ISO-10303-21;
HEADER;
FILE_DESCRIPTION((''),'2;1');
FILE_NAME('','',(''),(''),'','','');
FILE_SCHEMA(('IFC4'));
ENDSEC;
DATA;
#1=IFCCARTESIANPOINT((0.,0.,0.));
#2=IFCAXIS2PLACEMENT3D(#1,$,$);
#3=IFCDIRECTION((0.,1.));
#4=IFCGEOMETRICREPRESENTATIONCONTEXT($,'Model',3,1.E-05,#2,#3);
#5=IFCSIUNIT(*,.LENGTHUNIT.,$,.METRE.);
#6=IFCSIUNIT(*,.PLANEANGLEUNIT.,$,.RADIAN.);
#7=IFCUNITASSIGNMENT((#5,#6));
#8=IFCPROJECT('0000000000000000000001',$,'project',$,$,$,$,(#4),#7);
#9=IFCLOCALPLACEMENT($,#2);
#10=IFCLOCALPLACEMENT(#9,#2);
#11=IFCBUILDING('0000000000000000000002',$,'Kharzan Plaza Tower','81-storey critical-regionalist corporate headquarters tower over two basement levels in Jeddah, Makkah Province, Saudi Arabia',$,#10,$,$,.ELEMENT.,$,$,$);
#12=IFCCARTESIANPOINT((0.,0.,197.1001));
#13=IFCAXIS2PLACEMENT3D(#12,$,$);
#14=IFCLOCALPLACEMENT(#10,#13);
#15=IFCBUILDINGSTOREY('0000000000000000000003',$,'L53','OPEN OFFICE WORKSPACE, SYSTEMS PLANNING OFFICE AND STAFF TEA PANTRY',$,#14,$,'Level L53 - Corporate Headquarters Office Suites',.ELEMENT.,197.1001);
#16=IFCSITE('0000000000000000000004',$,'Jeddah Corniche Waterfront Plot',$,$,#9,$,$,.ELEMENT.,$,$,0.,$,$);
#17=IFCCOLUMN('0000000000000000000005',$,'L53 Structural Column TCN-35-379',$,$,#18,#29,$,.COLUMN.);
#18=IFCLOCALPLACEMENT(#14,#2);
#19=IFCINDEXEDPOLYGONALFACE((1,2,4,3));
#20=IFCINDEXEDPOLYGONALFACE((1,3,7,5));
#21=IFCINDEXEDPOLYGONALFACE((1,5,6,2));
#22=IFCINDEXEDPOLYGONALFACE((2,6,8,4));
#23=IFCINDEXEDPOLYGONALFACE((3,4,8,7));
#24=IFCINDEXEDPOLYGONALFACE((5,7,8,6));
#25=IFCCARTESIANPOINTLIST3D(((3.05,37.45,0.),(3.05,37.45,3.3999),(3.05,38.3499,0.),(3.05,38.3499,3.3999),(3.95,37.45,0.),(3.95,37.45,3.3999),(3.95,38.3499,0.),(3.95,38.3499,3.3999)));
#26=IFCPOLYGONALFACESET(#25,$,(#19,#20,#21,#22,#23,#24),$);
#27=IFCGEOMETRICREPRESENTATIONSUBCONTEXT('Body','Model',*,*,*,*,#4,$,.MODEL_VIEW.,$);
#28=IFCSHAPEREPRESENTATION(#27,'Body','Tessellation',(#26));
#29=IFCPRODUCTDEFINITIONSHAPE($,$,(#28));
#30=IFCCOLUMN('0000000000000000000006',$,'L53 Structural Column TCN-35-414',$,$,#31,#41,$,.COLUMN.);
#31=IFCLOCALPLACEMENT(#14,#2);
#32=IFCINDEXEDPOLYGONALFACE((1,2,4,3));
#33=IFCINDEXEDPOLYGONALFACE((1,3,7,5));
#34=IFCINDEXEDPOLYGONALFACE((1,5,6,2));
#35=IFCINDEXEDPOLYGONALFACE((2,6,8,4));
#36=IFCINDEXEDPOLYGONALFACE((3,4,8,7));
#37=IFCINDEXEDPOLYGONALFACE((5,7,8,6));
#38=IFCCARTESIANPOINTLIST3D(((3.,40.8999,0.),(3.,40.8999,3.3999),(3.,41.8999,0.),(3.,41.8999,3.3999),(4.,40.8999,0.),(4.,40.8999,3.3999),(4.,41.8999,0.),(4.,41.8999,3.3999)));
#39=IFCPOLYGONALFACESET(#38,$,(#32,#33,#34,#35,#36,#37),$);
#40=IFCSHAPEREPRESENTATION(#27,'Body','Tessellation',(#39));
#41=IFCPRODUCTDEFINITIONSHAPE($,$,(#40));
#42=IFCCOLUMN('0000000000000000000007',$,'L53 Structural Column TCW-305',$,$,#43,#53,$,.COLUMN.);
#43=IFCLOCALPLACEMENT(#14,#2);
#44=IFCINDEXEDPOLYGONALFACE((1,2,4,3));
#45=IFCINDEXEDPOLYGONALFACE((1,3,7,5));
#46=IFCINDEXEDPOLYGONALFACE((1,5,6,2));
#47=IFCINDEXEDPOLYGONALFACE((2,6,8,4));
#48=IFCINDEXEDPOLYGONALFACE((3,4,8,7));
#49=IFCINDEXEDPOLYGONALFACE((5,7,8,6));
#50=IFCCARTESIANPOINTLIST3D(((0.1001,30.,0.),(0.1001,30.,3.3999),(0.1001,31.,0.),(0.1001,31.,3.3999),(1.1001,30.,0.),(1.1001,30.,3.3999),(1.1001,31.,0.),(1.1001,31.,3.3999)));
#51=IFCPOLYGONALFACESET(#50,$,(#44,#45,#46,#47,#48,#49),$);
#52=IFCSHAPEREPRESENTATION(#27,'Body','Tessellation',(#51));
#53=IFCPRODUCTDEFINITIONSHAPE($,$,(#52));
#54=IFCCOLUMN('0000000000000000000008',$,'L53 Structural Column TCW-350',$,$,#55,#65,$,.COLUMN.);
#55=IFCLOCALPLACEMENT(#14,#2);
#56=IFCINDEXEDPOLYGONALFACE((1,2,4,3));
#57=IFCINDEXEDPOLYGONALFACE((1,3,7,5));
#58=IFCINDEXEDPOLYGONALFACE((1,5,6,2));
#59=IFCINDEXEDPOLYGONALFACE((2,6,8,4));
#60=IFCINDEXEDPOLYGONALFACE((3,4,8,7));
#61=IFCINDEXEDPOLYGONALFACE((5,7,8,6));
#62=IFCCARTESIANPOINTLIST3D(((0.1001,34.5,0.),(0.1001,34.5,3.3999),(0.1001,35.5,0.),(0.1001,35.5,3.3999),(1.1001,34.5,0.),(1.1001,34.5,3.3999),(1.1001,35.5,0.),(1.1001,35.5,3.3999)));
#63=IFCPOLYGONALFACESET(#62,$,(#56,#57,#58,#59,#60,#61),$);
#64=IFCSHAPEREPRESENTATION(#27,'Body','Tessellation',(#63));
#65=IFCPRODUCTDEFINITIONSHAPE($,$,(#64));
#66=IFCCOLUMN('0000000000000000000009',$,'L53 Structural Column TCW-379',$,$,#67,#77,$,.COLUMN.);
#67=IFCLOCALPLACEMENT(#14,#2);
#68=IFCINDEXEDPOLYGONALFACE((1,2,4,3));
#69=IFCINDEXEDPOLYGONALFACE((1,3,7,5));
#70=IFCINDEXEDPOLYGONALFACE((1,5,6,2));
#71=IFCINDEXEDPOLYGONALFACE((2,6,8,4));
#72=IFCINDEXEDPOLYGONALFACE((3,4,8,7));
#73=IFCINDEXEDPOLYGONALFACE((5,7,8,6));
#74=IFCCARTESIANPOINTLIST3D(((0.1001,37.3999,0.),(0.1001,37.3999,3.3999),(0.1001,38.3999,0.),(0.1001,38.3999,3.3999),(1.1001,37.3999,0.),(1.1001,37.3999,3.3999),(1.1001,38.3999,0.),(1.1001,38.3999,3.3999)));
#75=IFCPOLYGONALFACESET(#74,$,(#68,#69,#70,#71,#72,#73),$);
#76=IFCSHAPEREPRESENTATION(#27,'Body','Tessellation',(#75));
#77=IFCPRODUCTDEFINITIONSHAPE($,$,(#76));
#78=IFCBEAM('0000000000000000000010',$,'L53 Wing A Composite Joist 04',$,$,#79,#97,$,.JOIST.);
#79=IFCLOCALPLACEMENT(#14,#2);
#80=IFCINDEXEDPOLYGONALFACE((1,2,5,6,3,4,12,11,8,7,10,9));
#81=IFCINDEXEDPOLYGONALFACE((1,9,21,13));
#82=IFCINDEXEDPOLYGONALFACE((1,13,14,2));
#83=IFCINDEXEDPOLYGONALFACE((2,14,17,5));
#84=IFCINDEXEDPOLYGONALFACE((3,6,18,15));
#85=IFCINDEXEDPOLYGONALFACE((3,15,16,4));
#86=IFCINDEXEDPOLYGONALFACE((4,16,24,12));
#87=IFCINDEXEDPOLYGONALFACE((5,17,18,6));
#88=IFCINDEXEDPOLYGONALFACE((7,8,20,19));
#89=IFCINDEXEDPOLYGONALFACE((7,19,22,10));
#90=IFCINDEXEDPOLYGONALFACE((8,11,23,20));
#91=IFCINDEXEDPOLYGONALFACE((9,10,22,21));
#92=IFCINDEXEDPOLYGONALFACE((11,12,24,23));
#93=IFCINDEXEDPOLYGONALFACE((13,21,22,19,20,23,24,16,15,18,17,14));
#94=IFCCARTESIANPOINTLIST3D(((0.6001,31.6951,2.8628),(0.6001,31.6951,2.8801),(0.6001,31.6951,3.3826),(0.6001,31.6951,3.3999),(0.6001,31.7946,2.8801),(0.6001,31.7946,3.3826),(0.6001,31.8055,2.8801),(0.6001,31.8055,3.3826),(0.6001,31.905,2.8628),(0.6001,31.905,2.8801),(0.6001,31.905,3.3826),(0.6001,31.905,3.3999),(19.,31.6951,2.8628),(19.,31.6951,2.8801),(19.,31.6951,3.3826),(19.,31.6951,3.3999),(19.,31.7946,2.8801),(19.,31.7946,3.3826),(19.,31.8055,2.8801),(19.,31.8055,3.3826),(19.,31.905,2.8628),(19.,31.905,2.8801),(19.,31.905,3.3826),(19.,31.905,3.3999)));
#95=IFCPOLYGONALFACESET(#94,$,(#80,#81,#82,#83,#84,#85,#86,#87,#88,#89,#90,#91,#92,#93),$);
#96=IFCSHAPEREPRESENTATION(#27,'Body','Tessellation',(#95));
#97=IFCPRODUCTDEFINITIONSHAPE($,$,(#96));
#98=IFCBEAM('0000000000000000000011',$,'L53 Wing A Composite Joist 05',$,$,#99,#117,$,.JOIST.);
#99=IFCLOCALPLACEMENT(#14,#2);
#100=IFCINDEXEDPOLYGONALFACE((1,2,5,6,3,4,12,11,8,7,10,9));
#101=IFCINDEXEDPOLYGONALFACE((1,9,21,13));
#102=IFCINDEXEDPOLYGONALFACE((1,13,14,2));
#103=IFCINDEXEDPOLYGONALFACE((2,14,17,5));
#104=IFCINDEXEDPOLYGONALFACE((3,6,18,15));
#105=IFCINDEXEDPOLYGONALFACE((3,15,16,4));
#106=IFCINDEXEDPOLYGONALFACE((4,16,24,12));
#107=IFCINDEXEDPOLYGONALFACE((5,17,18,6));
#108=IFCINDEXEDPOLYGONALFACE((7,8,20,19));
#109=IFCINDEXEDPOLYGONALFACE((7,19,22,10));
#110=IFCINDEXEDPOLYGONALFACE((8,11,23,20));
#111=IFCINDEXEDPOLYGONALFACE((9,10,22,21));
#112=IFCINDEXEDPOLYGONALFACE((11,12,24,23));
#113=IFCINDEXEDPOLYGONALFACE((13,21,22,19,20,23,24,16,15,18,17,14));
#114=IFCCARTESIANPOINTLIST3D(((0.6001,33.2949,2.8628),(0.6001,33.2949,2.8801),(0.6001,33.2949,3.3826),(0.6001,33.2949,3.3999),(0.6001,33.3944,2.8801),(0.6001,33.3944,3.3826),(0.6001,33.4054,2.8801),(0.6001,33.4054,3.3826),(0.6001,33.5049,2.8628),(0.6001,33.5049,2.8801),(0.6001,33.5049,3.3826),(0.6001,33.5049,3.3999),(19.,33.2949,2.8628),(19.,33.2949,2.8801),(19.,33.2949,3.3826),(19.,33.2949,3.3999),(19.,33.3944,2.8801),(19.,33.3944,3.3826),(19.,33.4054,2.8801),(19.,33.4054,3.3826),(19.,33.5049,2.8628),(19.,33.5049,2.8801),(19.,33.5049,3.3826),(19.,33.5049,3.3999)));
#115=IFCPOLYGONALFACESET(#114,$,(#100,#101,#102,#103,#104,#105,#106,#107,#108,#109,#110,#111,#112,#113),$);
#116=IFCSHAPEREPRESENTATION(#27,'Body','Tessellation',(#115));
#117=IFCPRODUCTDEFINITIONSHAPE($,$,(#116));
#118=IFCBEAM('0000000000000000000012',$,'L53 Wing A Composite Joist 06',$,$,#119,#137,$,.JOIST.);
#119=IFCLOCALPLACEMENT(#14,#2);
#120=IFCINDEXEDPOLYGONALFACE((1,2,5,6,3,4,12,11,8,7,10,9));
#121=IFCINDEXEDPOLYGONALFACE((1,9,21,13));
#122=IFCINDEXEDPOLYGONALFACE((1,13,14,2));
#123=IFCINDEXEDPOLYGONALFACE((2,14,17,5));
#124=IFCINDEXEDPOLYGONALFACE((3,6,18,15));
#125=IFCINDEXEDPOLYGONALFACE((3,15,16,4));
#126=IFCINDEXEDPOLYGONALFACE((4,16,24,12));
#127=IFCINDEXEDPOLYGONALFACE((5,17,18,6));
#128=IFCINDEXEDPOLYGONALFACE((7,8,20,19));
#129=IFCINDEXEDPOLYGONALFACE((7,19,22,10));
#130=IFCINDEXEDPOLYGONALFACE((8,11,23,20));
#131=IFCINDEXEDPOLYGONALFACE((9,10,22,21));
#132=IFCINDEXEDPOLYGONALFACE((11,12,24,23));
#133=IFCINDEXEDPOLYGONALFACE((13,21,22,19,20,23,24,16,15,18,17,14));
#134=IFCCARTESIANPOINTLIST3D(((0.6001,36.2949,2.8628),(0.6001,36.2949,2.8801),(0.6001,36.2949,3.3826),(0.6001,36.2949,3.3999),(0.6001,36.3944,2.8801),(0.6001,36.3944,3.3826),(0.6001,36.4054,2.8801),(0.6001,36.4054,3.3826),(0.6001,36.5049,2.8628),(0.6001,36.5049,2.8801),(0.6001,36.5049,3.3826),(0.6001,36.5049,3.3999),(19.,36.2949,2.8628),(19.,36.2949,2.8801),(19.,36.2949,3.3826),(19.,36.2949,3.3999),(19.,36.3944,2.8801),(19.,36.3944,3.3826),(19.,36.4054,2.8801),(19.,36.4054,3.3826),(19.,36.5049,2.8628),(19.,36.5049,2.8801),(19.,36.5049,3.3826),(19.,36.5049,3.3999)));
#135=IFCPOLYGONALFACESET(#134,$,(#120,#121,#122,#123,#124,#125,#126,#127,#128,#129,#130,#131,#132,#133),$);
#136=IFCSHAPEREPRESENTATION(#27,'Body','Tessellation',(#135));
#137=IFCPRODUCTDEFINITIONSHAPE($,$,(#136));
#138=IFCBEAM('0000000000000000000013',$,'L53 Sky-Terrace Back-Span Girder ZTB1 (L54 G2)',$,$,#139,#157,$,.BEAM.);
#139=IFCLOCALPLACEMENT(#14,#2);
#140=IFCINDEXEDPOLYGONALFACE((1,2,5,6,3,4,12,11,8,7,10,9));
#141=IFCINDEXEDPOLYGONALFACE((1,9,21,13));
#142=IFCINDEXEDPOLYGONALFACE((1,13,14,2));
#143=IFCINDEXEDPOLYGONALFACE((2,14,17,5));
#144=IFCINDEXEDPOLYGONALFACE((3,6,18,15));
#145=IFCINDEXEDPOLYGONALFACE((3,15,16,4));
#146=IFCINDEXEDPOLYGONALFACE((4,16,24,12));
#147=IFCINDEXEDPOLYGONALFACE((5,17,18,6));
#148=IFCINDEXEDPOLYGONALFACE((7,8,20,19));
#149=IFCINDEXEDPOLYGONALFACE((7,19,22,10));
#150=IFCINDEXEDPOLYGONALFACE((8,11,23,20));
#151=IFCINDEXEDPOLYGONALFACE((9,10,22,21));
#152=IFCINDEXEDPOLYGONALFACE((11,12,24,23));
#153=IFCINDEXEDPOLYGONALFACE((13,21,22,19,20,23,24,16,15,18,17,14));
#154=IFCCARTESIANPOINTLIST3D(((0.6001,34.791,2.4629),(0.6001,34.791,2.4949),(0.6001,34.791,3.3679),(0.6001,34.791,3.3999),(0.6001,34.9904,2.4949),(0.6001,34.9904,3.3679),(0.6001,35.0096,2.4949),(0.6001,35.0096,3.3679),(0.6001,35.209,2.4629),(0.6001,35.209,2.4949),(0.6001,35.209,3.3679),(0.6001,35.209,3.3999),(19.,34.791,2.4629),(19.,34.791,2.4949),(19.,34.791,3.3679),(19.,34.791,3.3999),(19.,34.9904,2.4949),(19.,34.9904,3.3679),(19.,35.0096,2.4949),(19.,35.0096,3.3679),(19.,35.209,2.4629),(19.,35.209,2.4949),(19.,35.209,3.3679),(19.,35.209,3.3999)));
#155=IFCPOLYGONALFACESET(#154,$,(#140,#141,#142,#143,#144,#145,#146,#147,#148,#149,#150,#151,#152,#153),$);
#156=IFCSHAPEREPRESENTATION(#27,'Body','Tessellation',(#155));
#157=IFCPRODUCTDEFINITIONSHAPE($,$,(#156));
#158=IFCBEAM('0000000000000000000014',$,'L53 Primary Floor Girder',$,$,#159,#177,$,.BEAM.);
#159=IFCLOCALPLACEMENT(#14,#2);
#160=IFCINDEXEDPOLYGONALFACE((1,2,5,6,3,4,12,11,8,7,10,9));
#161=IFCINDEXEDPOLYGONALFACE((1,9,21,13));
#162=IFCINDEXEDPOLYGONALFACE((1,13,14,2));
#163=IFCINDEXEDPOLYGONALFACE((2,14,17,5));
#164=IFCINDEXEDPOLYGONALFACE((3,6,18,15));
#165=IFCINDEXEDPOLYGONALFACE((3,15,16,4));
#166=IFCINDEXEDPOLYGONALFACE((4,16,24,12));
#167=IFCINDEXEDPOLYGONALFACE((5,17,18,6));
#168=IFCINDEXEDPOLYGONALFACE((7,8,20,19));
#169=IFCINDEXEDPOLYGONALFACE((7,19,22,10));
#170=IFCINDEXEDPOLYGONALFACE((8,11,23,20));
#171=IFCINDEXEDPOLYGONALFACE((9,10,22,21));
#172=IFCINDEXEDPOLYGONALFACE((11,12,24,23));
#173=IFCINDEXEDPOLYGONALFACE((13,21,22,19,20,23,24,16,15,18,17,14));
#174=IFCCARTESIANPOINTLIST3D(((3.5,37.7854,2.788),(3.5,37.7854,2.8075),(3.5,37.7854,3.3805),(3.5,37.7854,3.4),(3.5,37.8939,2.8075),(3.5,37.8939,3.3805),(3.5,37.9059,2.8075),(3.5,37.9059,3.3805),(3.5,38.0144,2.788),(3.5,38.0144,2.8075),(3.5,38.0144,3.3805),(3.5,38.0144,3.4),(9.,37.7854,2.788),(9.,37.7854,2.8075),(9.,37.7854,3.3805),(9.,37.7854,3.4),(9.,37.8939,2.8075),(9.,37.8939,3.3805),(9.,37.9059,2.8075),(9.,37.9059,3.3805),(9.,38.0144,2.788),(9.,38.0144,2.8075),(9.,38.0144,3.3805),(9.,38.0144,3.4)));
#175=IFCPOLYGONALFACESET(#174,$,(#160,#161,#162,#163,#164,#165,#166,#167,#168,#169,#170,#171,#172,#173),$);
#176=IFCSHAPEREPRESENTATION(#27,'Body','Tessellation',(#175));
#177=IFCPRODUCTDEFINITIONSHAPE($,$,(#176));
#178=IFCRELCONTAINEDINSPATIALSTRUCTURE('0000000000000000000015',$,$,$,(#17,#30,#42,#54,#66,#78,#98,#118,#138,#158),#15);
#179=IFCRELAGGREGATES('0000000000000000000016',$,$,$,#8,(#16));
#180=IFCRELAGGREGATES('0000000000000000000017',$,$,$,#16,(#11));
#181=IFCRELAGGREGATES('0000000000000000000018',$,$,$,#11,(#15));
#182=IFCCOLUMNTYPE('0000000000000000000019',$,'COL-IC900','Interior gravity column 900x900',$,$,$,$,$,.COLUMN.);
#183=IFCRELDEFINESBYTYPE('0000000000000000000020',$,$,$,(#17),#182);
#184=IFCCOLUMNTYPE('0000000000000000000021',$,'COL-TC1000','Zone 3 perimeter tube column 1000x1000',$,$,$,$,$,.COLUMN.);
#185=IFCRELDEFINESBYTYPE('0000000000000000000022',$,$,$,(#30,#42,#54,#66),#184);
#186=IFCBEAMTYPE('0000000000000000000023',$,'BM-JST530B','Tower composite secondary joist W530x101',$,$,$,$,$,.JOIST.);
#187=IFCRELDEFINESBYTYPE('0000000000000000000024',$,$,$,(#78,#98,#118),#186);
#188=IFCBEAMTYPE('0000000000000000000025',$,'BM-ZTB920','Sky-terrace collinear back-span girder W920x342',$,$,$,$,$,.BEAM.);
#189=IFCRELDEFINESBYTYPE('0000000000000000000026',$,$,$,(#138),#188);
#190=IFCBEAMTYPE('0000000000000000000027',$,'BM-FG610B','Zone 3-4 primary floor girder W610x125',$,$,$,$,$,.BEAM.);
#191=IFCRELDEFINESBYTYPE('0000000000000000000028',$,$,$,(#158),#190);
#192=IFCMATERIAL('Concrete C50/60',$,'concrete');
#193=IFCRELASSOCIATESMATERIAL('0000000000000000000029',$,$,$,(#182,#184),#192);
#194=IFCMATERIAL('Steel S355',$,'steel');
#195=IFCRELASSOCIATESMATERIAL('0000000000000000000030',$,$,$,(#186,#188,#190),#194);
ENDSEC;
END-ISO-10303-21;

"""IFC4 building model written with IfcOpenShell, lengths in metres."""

from ifc_helpers import new_model, si_unit, direction, frame, origin, origin_2d, place, context, subcontext, project, spatial, rectangle, i_section, extrude, source, transform, mapped, material, material_profile, profile_set, type_object, element, save


model = new_model("IFC4")

# Units and contexts
model_context = context("Model", 3, precision=1e-05, world=origin(), true_north=direction((0.0, 1.0)))
body_context = subcontext(model_context, "Body", "Model", "MODEL_VIEW")
ifc_project = project(units=[si_unit("LENGTHUNIT", "METRE"), si_unit("PLANEANGLEUNIT", "RADIAN")], contexts=[model_context])

# Site, building, storey
site_placement = place(None, origin())
site = spatial("IfcSite", under=ifc_project, at=site_placement, Name="Jeddah Corniche Waterfront Plot", CompositionType="ELEMENT", RefElevation=0.0)
building_placement = place(site_placement, origin())
building = spatial("IfcBuilding", under=site, at=building_placement, Name="Kharzan Plaza Tower", Description="81-storey critical-regionalist corporate headquarters tower over two basement levels in Jeddah, Makkah Province, Saudi Arabia", CompositionType="ELEMENT")
storey_placement = place(building_placement, frame((0.0, 0.0, 197.1001)))
storey = spatial("IfcBuildingStorey", under=building, at=storey_placement, Name="L53", Description="OPEN OFFICE WORKSPACE, SYSTEMS PLANNING OFFICE AND STAFF TEA PANTRY", LongName="Level L53 - Corporate Headquarters Office Suites", CompositionType="ELEMENT", Elevation=197.1001)

# Columns
ifc_material_1 = material(Name="Concrete C50/60", Category="concrete")
ifc_material_profile_1 = material_profile(ifc_material_1, rectangle(XDim=0.8999, YDim=0.8999, at=origin_2d()), Name="RC-IC900x900")
ifc_profile_set_1 = profile_set([ifc_material_profile_1], Name="Concrete C50/60")
column_type_1 = type_object("IfcColumnType", Name="COL-IC900", Description="Interior gravity column 900x900", PredefinedType="COLUMN", material=ifc_profile_set_1)
shared_shape_1 = source(origin(), body_context, "Body", "SweptSolid", [
    extrude(rectangle(XDim=0.8999, YDim=0.8999, at=origin_2d()), origin(), (0.0, 0.0, 1.0), 3.3999),
])
column_placement = place(storey_placement, frame((3.5, 37.8999, 0.0), z_axis=(0.0, 0.0, 1.0), x_axis=(1.0, 0.0, 0.0)))
element("IfcColumn", 1, at=column_placement, inside=storey, type_object=column_type_1, Name="L53 Structural Column TCN-35-379", PredefinedType="COLUMN", context=body_context, shape_type="MappedRepresentation", body=[
    mapped(shared_shape_1, transform((0.0, 0.0, 0.0), x_axis=(1.0, 0.0, 0.0), y_axis=(0.0, 1.0, 0.0), z_axis=(0.0, 0.0, 1.0))),
])
ifc_material_profile_2 = material_profile(ifc_material_1, rectangle(XDim=1.0, YDim=1.0, at=origin_2d()), Name="RC-TC1000x1000")
ifc_profile_set_2 = profile_set([ifc_material_profile_2], Name="Concrete C50/60")
column_type_2 = type_object("IfcColumnType", Name="COL-TC1000", Description="Zone 3 perimeter tube column 1000x1000", PredefinedType="COLUMN", material=ifc_profile_set_2)
shared_shape_2 = source(origin(), body_context, "Body", "SweptSolid", [
    extrude(rectangle(XDim=1.0, YDim=1.0, at=origin_2d()), origin(), (0.0, 0.0, 1.0), 3.3999),
])
for number, where, z_axis, x_axis, name in (
    (2, (3.5, 41.3999, 0.0), (0.0, 0.0, 1.0), (1.0, 0.0, 0.0), "L53 Structural Column TCN-35-414"),
    (3, (0.6001, 30.5, 0.0), (0.0, 0.0, 1.0), (1.0, 0.0, 0.0), "L53 Structural Column TCW-305"),
    (4, (0.6001, 35.0, 0.0), (0.0, 0.0, 1.0), (1.0, 0.0, 0.0), "L53 Structural Column TCW-350"),
    (5, (0.6001, 37.8999, 0.0), (0.0, 0.0, 1.0), (1.0, 0.0, 0.0), "L53 Structural Column TCW-379"),
):
    element("IfcColumn", number, at=place(storey_placement, frame(where, z_axis=z_axis, x_axis=x_axis)), inside=storey, type_object=column_type_2, Name=name, PredefinedType="COLUMN", context=body_context, shape_type="MappedRepresentation", body=[
        mapped(shared_shape_2, transform((0.0, 0.0, 0.0), x_axis=(1.0, 0.0, 0.0), y_axis=(0.0, 1.0, 0.0), z_axis=(0.0, 0.0, 1.0))),
    ])

# Beams
ifc_material_2 = material(Name="Steel S355", Category="steel")
ifc_material_profile_3 = material_profile(ifc_material_2, i_section(OverallWidth=0.21, OverallDepth=0.5371, WebThickness=0.011, FlangeThickness=0.0173, at=origin_2d()), Name="W530x101")
ifc_profile_set_3 = profile_set([ifc_material_profile_3], Name="Steel S355")
beam_type_1 = type_object("IfcBeamType", Name="BM-JST530B", Description="Tower composite secondary joist W530x101", PredefinedType="JOIST", material=ifc_profile_set_3)
shared_shape_3 = source(origin(), body_context, "Body", "SweptSolid", [
    extrude(i_section(OverallWidth=0.21, OverallDepth=0.5371, WebThickness=0.011, FlangeThickness=0.0173, at=origin_2d()), origin(), (0.0, 0.0, 1.0), 18.3999),
])
for number, where, z_axis, x_axis, name in (
    (6, (0.6001, 31.8, 3.1313), (1.0, 0.0, 0.0), (0.0, 1.0, 0.0), "L53 Wing A Composite Joist 04"),
    (7, (0.6001, 33.3999, 3.1313), (1.0, 0.0, 0.0), (0.0, 1.0, 0.0), "L53 Wing A Composite Joist 05"),
    (8, (0.6001, 36.3999, 3.1313), (1.0, 0.0, 0.0), (0.0, 1.0, 0.0), "L53 Wing A Composite Joist 06"),
):
    element("IfcBeam", number, at=place(storey_placement, frame(where, z_axis=z_axis, x_axis=x_axis)), inside=storey, type_object=beam_type_1, Name=name, PredefinedType="JOIST", context=body_context, shape_type="MappedRepresentation", body=[
        mapped(shared_shape_3, transform((0.0, 0.0, 0.0), x_axis=(1.0, 0.0, 0.0), y_axis=(0.0, 1.0, 0.0), z_axis=(0.0, 0.0, 1.0))),
    ])
ifc_material_profile_4 = material_profile(ifc_material_2, i_section(OverallWidth=0.418, OverallDepth=0.937, WebThickness=0.0193, FlangeThickness=0.032, at=origin_2d()), Name="W920x342")
ifc_profile_set_4 = profile_set([ifc_material_profile_4], Name="Steel S355")
beam_type_2 = type_object("IfcBeamType", Name="BM-ZTB920", Description="Sky-terrace collinear back-span girder W920x342", PredefinedType="BEAM", material=ifc_profile_set_4)
shared_shape_4 = source(origin(), body_context, "Body", "SweptSolid", [
    extrude(i_section(OverallWidth=0.418, OverallDepth=0.937, WebThickness=0.0193, FlangeThickness=0.032, at=origin_2d()), origin(), (0.0, 0.0, 1.0), 18.3999),
])
beam_1_placement = place(storey_placement, frame((0.6001, 35.0, 2.9314), z_axis=(1.0, 0.0, 0.0), x_axis=(0.0, 1.0, 0.0)))
element("IfcBeam", 9, at=beam_1_placement, inside=storey, type_object=beam_type_2, Name="L53 Sky-Terrace Back-Span Girder ZTB1 (L54 G2)", PredefinedType="BEAM", context=body_context, shape_type="MappedRepresentation", body=[
    mapped(shared_shape_4, transform((0.0, 0.0, 0.0), x_axis=(1.0, 0.0, 0.0), y_axis=(0.0, 1.0, 0.0), z_axis=(0.0, 0.0, 1.0))),
])
ifc_material_profile_5 = material_profile(ifc_material_2, i_section(OverallWidth=0.229, OverallDepth=0.6121, WebThickness=0.012, FlangeThickness=0.0195, at=origin_2d()), Name="W610x125")
ifc_profile_set_5 = profile_set([ifc_material_profile_5], Name="Steel S355")
beam_type_3 = type_object("IfcBeamType", Name="BM-FG610B", Description="Zone 3-4 primary floor girder W610x125", PredefinedType="BEAM", material=ifc_profile_set_5)
shared_shape_5 = source(origin(), body_context, "Body", "SweptSolid", [
    extrude(i_section(OverallWidth=0.229, OverallDepth=0.6121, WebThickness=0.012, FlangeThickness=0.0195, at=origin_2d()), origin(), (0.0, 0.0, 1.0), 5.5),
])
beam_2_placement = place(storey_placement, frame((3.5, 37.8999, 3.094), z_axis=(1.0, 0.0, 0.0), x_axis=(0.0, 1.0, 0.0)))
element("IfcBeam", 10, at=beam_2_placement, inside=storey, type_object=beam_type_3, Name="L53 Primary Floor Girder", PredefinedType="BEAM", context=body_context, shape_type="MappedRepresentation", body=[
    mapped(shared_shape_5, transform((0.0, 0.0, 0.0), x_axis=(1.0, 0.0, 0.0), y_axis=(0.0, 1.0, 0.0), z_axis=(0.0, 0.0, 1.0))),
])

save(model, "model.ifc")
